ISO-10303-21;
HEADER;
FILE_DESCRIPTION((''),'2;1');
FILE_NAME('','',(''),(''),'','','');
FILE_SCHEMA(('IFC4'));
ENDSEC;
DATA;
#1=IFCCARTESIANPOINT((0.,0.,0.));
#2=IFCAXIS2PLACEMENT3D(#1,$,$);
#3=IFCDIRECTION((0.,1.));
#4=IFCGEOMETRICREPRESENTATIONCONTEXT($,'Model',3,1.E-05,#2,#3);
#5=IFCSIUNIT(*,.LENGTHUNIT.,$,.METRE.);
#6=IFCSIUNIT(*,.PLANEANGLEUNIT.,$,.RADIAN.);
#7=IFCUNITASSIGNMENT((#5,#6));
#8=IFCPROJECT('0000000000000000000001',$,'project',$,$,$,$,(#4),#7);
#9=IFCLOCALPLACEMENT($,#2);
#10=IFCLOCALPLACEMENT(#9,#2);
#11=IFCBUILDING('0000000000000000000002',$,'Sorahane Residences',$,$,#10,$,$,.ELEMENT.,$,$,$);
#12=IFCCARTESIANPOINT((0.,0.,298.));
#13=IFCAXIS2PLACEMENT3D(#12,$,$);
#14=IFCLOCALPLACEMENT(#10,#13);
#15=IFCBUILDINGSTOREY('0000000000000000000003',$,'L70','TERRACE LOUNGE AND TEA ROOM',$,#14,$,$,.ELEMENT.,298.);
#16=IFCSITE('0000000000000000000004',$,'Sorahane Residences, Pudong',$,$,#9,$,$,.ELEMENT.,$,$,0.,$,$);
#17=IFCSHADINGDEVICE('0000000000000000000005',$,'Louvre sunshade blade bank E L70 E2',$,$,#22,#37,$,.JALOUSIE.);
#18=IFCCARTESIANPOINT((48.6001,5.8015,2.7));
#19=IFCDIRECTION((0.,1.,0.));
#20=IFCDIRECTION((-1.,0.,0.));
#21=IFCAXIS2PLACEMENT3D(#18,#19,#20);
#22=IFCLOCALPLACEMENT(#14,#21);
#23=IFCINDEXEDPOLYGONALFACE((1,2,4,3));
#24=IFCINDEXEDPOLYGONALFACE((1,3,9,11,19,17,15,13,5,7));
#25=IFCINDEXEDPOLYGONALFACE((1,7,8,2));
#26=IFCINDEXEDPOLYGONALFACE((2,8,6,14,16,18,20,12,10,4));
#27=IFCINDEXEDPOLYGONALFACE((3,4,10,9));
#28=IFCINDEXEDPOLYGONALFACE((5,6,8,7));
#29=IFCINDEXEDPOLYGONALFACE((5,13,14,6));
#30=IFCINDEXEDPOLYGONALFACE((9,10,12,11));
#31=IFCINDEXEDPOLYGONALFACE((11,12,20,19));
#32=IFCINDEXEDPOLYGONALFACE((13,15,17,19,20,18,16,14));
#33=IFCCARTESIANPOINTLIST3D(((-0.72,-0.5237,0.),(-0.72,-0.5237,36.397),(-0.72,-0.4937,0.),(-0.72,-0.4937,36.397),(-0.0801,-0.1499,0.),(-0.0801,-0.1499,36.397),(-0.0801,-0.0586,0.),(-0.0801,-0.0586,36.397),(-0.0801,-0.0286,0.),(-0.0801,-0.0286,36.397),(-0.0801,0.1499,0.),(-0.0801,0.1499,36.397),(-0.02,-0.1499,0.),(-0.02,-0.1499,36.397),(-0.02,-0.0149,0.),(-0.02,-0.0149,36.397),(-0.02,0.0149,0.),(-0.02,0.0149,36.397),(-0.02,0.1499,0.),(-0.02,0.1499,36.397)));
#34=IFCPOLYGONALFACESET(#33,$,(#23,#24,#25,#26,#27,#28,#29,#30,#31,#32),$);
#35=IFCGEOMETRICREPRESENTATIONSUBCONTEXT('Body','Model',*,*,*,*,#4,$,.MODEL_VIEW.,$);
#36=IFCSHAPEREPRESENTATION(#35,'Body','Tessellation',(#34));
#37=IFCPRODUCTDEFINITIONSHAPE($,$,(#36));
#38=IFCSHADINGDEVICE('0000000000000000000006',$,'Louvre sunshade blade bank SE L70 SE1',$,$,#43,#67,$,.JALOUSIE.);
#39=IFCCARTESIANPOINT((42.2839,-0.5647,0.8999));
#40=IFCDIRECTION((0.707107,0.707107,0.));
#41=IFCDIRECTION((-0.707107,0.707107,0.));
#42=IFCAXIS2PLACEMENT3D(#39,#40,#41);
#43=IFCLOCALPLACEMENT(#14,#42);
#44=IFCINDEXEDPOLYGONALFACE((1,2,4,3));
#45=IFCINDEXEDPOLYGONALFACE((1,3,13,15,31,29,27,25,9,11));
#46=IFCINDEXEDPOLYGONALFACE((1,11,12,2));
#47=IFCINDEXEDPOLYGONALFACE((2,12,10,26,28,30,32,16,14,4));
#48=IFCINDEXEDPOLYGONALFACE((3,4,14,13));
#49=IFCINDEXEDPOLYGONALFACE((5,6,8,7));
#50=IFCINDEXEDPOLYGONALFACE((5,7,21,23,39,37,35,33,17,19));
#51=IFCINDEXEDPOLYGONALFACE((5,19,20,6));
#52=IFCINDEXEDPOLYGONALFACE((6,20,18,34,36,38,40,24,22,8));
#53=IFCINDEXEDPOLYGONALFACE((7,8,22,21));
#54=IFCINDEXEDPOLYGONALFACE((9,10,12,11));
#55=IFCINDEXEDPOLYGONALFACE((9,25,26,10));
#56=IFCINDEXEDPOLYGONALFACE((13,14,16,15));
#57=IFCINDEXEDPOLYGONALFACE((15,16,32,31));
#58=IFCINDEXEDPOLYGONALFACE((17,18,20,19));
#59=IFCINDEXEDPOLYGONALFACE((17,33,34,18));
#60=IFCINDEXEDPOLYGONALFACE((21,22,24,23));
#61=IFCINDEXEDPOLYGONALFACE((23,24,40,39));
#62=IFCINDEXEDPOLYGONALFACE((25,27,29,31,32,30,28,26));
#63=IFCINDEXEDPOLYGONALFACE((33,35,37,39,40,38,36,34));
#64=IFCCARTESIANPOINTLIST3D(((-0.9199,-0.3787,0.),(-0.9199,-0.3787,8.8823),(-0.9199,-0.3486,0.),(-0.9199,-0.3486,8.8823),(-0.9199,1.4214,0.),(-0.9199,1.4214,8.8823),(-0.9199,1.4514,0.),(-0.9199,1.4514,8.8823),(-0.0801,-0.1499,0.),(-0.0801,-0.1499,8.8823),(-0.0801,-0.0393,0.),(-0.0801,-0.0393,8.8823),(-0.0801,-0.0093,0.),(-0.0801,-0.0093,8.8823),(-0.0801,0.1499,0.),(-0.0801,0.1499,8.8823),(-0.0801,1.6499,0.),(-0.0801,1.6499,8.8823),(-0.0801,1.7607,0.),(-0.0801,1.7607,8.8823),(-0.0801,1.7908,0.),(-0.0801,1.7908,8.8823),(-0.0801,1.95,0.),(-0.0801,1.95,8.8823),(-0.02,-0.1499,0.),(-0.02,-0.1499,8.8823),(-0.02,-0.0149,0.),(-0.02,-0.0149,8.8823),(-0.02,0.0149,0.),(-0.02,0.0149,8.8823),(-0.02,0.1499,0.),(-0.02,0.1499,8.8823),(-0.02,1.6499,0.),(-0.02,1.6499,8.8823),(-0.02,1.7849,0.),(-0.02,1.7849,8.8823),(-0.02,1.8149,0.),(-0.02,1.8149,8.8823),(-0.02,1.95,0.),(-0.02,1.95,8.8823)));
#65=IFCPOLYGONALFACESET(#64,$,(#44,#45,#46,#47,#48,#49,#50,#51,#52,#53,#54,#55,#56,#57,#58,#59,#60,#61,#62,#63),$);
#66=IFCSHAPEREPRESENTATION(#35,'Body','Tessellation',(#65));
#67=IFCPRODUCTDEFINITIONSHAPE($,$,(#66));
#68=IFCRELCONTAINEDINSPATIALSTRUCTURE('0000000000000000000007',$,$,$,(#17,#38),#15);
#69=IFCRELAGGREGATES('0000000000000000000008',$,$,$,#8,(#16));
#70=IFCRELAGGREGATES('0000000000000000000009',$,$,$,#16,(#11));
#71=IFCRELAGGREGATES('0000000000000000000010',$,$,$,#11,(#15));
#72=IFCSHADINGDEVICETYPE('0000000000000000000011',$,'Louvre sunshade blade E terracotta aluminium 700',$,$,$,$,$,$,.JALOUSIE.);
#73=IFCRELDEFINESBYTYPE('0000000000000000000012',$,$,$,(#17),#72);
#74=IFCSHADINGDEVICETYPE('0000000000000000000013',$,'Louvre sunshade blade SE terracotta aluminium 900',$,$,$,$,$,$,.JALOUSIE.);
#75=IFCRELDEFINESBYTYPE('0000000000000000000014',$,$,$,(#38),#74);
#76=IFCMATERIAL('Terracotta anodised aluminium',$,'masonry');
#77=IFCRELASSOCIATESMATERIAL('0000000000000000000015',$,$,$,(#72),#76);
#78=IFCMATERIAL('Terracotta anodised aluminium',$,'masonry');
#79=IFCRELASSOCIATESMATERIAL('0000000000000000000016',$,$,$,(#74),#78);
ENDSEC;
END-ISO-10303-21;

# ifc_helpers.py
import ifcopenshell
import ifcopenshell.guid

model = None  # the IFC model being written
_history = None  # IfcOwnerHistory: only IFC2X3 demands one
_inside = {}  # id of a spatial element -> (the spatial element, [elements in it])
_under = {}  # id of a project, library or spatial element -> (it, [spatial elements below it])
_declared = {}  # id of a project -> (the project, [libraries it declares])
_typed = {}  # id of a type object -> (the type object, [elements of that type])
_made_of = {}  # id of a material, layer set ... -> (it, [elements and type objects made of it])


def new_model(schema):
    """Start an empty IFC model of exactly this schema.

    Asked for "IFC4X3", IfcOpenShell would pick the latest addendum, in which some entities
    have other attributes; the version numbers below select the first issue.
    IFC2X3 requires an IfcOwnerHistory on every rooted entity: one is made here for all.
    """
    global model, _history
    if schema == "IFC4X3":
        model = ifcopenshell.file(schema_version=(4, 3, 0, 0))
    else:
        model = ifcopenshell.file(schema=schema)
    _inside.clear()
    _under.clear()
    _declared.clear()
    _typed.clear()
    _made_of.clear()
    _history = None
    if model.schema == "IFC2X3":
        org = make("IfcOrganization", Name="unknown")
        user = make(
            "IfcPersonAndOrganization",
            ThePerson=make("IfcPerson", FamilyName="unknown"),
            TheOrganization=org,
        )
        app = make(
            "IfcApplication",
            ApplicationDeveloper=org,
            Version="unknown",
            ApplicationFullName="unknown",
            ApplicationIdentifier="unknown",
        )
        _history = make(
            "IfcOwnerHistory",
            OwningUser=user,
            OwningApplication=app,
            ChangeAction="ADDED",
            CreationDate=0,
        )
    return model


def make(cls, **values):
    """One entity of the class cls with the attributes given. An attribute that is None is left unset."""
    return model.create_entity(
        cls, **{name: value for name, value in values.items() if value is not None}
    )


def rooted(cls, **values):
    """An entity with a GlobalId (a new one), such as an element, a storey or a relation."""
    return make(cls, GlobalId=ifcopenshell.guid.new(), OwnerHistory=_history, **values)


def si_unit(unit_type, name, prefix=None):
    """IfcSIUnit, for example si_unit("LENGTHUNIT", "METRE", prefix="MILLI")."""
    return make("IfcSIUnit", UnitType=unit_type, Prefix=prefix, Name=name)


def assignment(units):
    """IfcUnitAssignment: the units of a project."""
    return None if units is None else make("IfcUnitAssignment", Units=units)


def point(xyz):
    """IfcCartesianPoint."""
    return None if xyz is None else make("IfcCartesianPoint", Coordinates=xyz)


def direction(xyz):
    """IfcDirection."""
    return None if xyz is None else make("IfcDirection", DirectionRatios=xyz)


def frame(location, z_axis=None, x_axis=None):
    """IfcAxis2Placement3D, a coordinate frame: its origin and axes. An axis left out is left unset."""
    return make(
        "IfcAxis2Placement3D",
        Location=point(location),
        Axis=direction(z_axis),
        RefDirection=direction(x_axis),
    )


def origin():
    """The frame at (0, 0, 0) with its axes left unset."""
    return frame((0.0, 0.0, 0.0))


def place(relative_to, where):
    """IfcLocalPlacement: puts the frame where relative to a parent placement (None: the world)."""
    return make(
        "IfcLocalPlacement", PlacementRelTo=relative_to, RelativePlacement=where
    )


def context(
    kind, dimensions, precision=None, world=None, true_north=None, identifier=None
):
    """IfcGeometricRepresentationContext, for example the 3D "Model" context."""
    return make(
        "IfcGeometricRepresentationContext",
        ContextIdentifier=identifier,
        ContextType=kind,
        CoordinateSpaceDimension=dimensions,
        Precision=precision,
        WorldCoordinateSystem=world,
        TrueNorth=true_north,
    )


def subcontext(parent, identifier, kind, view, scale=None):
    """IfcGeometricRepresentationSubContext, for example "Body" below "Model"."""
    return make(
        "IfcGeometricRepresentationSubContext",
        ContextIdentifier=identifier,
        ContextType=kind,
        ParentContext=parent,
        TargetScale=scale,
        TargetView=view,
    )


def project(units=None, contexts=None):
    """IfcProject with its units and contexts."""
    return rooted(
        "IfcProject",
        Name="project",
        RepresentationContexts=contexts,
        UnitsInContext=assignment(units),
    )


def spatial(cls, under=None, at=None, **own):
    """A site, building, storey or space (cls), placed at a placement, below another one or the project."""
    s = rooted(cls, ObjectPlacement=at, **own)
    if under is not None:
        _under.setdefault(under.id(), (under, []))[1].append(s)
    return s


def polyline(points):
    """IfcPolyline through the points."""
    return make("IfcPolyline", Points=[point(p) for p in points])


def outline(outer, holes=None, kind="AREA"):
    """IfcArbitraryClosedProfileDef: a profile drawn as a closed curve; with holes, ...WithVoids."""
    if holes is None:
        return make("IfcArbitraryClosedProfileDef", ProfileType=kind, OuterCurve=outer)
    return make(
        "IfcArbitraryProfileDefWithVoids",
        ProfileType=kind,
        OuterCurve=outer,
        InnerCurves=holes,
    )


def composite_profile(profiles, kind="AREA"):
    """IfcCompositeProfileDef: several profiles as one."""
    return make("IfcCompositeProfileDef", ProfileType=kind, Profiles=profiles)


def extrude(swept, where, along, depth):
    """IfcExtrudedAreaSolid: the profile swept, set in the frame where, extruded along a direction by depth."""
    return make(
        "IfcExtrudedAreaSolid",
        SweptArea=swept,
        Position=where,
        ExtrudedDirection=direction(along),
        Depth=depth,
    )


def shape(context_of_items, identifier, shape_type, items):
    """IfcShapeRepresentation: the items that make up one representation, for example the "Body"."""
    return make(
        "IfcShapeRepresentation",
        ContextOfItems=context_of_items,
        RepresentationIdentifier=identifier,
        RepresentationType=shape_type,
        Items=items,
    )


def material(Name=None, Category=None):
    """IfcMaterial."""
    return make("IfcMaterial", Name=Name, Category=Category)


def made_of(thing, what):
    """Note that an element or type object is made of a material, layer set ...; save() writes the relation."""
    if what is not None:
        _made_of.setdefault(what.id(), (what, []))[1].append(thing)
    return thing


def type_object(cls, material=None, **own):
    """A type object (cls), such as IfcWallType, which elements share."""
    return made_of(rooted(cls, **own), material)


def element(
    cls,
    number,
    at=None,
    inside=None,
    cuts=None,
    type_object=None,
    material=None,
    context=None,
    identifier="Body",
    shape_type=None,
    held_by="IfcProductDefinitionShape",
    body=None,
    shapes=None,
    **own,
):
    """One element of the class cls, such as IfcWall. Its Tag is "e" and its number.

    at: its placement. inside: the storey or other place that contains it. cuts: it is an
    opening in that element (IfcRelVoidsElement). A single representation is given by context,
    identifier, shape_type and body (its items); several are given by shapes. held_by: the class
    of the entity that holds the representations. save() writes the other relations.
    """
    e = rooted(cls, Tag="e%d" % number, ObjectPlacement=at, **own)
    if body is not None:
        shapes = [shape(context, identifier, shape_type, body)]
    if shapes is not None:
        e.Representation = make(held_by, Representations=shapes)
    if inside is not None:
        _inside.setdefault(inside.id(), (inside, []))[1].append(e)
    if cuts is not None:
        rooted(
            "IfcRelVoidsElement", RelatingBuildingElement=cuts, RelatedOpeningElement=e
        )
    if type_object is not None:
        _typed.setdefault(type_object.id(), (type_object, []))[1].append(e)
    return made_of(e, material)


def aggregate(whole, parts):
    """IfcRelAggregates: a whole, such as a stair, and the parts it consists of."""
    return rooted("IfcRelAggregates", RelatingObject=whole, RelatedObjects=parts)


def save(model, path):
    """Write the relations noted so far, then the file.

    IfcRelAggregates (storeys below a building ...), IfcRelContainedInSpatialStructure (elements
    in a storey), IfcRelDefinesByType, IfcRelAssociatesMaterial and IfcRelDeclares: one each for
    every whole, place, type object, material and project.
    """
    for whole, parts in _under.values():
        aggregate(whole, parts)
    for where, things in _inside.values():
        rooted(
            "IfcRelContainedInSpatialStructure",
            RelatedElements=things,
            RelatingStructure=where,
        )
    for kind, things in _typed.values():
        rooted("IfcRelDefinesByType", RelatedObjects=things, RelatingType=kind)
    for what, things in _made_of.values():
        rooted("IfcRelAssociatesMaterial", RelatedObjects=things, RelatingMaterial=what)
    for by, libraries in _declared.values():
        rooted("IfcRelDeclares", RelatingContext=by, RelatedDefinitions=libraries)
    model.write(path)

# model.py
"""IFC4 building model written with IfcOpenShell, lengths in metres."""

from ifc_helpers import new_model, si_unit, direction, frame, origin, place, context, subcontext, project, spatial, polyline, outline, composite_profile, extrude, material, type_object, element, save


model = new_model("IFC4")

# Units and contexts
model_context = context("Model", 3, precision=1e-05, world=origin(), true_north=direction((0.0, 1.0)))
body_context = subcontext(model_context, "Body", "Model", "MODEL_VIEW")
ifc_project = project(units=[si_unit("LENGTHUNIT", "METRE"), si_unit("PLANEANGLEUNIT", "RADIAN")], contexts=[model_context])

# Site, building, storey
site_placement = place(None, origin())
site = spatial("IfcSite", under=ifc_project, at=site_placement, Name="Sorahane Residences, Pudong", CompositionType="ELEMENT", RefElevation=0.0)
building_placement = place(site_placement, origin())
building = spatial("IfcBuilding", under=site, at=building_placement, Name="Sorahane Residences", CompositionType="ELEMENT")
storey_placement = place(building_placement, frame((0.0, 0.0, 298.0)))
storey = spatial("IfcBuildingStorey", under=building, at=storey_placement, Name="L70", Description="TERRACE LOUNGE AND TEA ROOM", CompositionType="ELEMENT", Elevation=298.0)

# Shading devices
ifc_material_1 = material(Name="Terracotta anodised aluminium", Category="masonry")
shading_device_type_1 = type_object("IfcShadingDeviceType", Name="Louvre sunshade blade E terracotta aluminium 700", PredefinedType="JALOUSIE", material=ifc_material_1)
shading_device_1_placement = place(storey_placement, frame((48.6001, 5.8015, 2.7), z_axis=(0.0, 1.0, 0.0), x_axis=(-1.0, 0.0, 0.0)))
element("IfcShadingDevice", 1, at=shading_device_1_placement, inside=storey, type_object=shading_device_type_1, Name="Louvre sunshade blade bank E L70 E2", PredefinedType="JALOUSIE", context=body_context, shape_type="SweptSolid", body=[
    extrude(outline(polyline([(-0.72, -0.4937), (-0.72, -0.5237), (-0.0801, -0.0586), (-0.0801, -0.1499), (-0.02, -0.1499), (-0.02, -0.0149), (-0.02, 0.0149), (-0.02, 0.1499), (-0.0801, 0.1499), (-0.0801, -0.0286), (-0.72, -0.4937)])), origin(), (0.0, 0.0, 1.0), 36.397),
])
ifc_material_2 = material(Name="Terracotta anodised aluminium", Category="masonry")
shading_device_type_2 = type_object("IfcShadingDeviceType", Name="Louvre sunshade blade SE terracotta aluminium 900", PredefinedType="JALOUSIE", material=ifc_material_2)
shading_device_2_placement = place(storey_placement, frame((42.2839, -0.5647, 0.8999), z_axis=(0.707107, 0.707107, 0.0), x_axis=(-0.707107, 0.707107, 0.0)))
element("IfcShadingDevice", 2, at=shading_device_2_placement, inside=storey, type_object=shading_device_type_2, Name="Louvre sunshade blade bank SE L70 SE1", PredefinedType="JALOUSIE", context=body_context, shape_type="SweptSolid", body=[
    extrude(composite_profile([outline(polyline([(-0.9199, -0.3486), (-0.9199, -0.3787), (-0.0801, -0.0393), (-0.0801, -0.1499), (-0.02, -0.1499), (-0.02, -0.0149), (-0.02, 0.0149), (-0.02, 0.1499), (-0.0801, 0.1499), (-0.0801, -0.0093), (-0.9199, -0.3486)])), outline(polyline([(-0.9199, 1.4514), (-0.9199, 1.4214), (-0.0801, 1.7607), (-0.0801, 1.6499), (-0.02, 1.6499), (-0.02, 1.7849), (-0.02, 1.8149), (-0.02, 1.95), (-0.0801, 1.95), (-0.0801, 1.7908), (-0.9199, 1.4514)]))]), origin(), (0.0, 0.0, 1.0), 8.8823),
])

save(model, "model.ifc")
